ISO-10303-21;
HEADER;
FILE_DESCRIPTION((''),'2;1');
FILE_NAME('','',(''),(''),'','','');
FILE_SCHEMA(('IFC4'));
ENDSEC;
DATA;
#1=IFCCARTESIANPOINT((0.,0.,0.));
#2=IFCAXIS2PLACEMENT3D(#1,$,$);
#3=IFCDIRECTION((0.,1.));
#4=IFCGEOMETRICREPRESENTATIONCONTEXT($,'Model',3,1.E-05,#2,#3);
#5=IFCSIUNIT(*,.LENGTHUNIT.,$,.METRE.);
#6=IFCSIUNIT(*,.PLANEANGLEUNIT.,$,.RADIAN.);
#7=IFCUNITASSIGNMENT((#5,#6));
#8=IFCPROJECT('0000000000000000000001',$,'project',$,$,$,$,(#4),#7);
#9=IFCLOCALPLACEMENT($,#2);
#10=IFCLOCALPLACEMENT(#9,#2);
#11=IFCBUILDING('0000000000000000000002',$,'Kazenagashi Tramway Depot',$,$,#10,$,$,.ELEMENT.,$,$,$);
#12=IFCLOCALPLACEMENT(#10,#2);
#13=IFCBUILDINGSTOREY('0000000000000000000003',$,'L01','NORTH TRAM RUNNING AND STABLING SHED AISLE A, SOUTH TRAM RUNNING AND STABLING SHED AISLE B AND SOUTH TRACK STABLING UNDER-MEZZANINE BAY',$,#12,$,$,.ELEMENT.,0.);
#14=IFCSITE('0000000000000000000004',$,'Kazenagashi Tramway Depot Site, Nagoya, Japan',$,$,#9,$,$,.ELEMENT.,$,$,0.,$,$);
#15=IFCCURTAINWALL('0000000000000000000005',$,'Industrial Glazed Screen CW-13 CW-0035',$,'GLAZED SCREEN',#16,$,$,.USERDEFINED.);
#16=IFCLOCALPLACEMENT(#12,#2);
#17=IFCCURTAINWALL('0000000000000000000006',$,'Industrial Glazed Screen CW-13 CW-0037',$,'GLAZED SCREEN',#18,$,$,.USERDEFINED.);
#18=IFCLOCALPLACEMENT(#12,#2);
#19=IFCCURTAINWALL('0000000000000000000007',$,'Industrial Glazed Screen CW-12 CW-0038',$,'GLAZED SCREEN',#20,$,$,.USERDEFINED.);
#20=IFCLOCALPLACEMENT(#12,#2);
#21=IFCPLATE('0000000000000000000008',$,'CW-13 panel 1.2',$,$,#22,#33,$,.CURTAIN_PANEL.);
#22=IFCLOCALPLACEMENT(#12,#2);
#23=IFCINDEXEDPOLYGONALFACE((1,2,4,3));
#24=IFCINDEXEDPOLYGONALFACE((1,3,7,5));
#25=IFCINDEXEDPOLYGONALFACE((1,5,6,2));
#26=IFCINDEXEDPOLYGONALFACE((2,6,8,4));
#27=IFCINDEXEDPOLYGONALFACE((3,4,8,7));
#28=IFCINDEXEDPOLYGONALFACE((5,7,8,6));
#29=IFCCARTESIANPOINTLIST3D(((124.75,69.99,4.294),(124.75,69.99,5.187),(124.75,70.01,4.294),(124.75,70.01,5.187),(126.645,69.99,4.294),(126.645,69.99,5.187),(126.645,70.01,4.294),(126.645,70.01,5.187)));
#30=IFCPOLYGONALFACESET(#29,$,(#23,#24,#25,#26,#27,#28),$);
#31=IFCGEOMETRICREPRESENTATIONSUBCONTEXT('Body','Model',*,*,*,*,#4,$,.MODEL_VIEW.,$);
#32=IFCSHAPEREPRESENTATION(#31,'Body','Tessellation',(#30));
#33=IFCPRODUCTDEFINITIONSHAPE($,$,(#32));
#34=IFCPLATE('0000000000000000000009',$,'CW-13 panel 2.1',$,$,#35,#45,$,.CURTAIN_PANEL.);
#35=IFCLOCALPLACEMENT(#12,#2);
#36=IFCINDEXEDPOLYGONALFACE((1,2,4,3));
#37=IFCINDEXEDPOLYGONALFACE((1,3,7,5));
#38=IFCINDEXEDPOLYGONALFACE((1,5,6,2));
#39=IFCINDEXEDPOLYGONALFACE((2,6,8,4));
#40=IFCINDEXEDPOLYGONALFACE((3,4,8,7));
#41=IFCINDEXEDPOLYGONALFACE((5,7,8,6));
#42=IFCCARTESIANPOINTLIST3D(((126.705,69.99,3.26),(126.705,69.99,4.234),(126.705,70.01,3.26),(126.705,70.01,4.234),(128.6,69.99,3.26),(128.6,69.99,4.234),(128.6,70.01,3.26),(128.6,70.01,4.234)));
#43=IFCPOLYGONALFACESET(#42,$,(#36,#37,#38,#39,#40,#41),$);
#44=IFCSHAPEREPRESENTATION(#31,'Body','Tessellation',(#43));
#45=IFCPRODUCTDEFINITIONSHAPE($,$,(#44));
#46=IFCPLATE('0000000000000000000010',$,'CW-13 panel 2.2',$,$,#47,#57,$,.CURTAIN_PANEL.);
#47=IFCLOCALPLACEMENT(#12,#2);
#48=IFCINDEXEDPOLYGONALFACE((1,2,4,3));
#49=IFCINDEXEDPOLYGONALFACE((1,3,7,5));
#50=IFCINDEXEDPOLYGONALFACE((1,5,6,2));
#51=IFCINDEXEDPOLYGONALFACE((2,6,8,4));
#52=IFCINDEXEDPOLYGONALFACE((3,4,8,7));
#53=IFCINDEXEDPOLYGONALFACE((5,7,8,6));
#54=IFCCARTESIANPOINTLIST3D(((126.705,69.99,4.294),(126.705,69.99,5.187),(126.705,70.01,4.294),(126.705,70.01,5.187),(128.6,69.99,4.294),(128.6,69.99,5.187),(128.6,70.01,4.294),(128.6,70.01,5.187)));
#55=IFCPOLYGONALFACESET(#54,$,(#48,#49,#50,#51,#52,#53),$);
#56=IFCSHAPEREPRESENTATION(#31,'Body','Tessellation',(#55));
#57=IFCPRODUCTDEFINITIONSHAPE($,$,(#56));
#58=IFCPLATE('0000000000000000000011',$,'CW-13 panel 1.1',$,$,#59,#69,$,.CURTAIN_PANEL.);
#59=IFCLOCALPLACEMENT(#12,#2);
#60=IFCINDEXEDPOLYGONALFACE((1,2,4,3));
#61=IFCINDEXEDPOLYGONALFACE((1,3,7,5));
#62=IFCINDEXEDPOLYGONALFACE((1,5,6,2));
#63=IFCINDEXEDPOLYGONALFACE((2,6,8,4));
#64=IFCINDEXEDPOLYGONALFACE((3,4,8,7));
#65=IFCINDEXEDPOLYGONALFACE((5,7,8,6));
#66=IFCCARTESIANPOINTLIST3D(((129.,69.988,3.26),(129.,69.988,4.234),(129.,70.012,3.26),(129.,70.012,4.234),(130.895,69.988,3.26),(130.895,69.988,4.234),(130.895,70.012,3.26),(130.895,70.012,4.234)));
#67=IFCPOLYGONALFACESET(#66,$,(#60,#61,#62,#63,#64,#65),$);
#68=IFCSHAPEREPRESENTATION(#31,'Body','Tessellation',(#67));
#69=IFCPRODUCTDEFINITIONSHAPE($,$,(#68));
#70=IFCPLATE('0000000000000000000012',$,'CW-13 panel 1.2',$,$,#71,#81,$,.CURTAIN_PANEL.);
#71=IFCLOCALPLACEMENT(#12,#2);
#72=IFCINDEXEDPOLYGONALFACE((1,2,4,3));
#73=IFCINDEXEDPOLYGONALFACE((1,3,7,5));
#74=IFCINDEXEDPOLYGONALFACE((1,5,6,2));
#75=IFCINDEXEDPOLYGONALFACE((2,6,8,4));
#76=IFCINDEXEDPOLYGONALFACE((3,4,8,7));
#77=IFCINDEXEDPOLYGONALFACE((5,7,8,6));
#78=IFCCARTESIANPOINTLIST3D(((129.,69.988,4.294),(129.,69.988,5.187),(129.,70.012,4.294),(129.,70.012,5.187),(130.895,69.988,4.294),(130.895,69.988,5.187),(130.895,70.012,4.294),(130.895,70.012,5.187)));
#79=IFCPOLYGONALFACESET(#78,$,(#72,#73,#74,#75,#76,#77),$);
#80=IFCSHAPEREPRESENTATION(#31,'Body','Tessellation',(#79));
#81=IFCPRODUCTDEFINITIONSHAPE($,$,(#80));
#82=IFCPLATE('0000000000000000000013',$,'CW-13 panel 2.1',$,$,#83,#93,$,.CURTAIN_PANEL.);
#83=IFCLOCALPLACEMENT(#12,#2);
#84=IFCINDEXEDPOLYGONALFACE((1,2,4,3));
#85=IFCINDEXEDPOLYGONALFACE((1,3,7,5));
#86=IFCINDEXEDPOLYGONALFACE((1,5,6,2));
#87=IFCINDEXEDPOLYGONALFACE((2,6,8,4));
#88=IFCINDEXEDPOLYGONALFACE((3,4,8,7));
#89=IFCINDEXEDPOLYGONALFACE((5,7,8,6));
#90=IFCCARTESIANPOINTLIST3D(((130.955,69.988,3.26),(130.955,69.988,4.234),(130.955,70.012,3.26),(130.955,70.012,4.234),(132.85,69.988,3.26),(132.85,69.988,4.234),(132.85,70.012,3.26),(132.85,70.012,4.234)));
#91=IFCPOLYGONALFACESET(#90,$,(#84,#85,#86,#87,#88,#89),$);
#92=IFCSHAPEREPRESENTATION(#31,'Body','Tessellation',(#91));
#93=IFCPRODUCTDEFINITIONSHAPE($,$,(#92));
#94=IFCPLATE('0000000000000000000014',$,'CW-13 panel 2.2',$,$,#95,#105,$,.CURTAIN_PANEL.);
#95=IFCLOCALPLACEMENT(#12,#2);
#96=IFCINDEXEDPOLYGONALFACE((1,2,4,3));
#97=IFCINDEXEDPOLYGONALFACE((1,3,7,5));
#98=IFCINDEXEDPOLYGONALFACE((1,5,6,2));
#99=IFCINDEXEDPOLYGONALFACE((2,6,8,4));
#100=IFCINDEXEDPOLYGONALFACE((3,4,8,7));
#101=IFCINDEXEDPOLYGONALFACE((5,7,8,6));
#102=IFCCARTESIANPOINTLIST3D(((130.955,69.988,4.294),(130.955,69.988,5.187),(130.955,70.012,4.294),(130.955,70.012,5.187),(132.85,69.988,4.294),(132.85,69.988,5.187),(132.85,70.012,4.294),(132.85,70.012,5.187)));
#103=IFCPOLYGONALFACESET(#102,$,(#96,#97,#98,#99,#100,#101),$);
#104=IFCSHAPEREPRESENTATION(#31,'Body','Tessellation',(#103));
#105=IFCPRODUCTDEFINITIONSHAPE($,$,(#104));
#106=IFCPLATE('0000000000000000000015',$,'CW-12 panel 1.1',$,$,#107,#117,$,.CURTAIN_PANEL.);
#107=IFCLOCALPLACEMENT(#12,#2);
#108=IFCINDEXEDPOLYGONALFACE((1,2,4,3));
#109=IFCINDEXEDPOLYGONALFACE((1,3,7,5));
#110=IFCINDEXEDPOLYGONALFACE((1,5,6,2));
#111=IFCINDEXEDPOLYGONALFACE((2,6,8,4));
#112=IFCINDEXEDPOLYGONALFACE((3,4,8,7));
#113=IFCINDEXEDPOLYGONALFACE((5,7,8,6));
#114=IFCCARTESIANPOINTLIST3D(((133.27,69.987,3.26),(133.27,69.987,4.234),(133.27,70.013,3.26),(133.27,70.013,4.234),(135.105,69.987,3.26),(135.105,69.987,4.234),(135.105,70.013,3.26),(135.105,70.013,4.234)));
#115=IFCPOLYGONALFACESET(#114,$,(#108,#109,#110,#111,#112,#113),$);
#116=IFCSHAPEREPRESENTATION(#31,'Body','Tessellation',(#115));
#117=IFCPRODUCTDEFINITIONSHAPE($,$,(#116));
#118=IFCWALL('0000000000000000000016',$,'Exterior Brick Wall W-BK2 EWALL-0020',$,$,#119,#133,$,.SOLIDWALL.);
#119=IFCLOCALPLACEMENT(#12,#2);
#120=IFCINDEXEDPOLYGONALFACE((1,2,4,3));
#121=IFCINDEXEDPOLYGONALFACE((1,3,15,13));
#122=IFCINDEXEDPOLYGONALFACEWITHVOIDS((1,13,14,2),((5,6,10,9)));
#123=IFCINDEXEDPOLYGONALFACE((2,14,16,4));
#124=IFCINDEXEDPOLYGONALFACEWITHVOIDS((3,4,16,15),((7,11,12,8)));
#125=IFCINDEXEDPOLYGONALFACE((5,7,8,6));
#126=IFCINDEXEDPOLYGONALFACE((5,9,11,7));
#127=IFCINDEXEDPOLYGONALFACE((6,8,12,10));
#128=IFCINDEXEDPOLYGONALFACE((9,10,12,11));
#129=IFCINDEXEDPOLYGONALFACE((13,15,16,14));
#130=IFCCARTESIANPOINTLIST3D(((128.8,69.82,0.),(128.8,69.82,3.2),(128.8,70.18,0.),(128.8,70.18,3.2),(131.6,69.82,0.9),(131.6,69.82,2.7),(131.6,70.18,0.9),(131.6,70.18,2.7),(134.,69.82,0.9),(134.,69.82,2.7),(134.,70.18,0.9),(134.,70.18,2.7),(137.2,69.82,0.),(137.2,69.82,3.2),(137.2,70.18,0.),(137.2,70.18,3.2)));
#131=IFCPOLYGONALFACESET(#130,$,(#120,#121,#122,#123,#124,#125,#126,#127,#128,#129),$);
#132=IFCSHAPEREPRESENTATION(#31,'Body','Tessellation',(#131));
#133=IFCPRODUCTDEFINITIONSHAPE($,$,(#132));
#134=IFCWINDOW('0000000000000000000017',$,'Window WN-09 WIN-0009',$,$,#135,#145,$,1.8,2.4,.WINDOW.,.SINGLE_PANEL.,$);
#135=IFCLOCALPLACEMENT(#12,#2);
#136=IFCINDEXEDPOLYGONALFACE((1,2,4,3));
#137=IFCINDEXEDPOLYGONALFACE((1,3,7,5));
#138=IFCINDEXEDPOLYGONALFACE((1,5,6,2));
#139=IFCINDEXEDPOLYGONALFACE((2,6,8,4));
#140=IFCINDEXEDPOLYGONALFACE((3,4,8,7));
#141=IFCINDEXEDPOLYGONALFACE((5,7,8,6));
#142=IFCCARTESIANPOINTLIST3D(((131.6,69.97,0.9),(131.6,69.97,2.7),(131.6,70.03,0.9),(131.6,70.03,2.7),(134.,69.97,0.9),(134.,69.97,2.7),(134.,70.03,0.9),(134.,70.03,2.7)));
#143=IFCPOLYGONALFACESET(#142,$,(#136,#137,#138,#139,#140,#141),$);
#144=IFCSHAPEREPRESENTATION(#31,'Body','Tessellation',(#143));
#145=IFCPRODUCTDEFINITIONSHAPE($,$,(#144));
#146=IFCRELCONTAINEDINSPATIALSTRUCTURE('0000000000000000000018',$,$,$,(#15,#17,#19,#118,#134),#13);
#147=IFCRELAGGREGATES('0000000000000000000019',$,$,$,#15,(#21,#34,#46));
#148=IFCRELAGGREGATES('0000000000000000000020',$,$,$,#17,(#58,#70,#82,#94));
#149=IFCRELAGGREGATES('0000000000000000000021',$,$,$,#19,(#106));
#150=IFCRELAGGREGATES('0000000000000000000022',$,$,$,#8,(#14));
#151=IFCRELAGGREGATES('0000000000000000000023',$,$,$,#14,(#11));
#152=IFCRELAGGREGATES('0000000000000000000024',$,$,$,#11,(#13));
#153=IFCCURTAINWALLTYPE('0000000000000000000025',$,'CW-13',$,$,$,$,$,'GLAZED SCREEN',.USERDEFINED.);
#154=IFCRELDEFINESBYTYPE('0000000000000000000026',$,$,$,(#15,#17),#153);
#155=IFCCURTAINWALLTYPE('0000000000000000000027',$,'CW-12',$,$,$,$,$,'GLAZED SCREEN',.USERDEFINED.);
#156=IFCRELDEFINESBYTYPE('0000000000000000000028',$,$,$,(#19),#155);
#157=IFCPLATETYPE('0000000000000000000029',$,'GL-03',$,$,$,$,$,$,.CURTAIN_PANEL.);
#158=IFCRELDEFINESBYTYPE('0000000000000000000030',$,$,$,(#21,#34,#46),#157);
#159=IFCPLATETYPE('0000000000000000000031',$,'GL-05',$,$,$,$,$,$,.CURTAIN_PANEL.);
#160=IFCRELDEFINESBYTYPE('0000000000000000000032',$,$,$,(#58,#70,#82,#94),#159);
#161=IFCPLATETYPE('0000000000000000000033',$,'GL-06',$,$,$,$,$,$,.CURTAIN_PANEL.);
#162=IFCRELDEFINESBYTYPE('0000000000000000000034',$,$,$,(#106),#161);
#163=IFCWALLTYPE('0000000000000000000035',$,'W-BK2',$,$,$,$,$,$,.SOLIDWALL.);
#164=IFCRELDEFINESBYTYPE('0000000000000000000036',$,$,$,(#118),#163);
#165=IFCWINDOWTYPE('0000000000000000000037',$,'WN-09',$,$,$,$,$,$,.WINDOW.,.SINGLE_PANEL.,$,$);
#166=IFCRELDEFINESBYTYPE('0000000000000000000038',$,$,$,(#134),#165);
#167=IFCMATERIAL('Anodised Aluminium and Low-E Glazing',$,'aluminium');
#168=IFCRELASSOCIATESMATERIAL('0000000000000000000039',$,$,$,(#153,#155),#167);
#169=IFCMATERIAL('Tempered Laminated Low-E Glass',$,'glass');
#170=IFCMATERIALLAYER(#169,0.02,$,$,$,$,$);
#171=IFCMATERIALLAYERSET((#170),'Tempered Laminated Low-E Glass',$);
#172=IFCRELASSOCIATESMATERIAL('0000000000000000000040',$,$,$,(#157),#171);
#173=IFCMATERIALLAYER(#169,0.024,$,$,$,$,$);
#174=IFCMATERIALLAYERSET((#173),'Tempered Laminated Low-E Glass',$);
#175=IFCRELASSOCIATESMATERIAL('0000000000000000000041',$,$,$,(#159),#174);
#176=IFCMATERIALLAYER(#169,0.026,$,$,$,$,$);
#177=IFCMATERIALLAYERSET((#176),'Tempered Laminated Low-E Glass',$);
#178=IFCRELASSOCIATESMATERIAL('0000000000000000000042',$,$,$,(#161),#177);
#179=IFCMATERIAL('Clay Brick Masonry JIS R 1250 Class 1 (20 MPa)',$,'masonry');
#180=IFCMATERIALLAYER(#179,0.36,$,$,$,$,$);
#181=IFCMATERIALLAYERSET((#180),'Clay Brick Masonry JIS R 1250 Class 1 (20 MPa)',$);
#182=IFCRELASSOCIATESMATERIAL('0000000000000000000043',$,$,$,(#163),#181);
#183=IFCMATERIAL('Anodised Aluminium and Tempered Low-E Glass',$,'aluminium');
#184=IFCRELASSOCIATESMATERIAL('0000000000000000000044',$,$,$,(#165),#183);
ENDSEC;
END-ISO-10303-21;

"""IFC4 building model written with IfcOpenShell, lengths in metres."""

from ifc_helpers import new_model, si_unit, direction, frame, frame_2d, origin, origin_2d, place, context, subcontext, project, spatial, rectangle, extrude, material, layer, layer_set, type_object, element, fill, aggregate, save


model = new_model("IFC4")

# Units and contexts
model_context = context("Model", 3, precision=1e-05, world=origin(), true_north=direction((0.0, 1.0)))
body_context = subcontext(model_context, "Body", "Model", "MODEL_VIEW")
ifc_project = project(units=[si_unit("LENGTHUNIT", "METRE"), si_unit("PLANEANGLEUNIT", "RADIAN")], contexts=[model_context])

# Site, building, storey
site_placement = place(None, origin())
site = spatial("IfcSite", under=ifc_project, at=site_placement, Name="Kazenagashi Tramway Depot Site, Nagoya, Japan", CompositionType="ELEMENT", RefElevation=0.0)
building_placement = place(site_placement, origin())
building = spatial("IfcBuilding", under=site, at=building_placement, Name="Kazenagashi Tramway Depot", CompositionType="ELEMENT")
storey_placement = place(building_placement, origin())
storey = spatial("IfcBuildingStorey", under=building, at=storey_placement, Name="L01", Description="NORTH TRAM RUNNING AND STABLING SHED AISLE A, SOUTH TRAM RUNNING AND STABLING SHED AISLE B AND SOUTH TRACK STABLING UNDER-MEZZANINE BAY", CompositionType="ELEMENT", Elevation=0.0)

# Curtain walls
ifc_material_1 = material(Name="Anodised Aluminium and Low-E Glazing", Category="aluminium")
curtain_wall_type_1 = type_object("IfcCurtainWallType", Name="CW-13", ElementType="GLAZED SCREEN", PredefinedType="USERDEFINED", material=ifc_material_1)
curtain_wall_1_placement = place(storey_placement, origin())
curtain_wall_1 = element("IfcCurtainWall", 1, at=curtain_wall_1_placement, inside=storey, type_object=curtain_wall_type_1, Name="Industrial Glazed Screen CW-13 CW-0035", ObjectType="GLAZED SCREEN", PredefinedType="USERDEFINED")
curtain_wall_2_placement = place(storey_placement, origin())
curtain_wall_2 = element("IfcCurtainWall", 2, at=curtain_wall_2_placement, inside=storey, type_object=curtain_wall_type_1, Name="Industrial Glazed Screen CW-13 CW-0037", ObjectType="GLAZED SCREEN", PredefinedType="USERDEFINED")

# Curtain wall
curtain_wall_type_2 = type_object("IfcCurtainWallType", Name="CW-12", ElementType="GLAZED SCREEN", PredefinedType="USERDEFINED", material=ifc_material_1)
curtain_wall_3_placement = place(storey_placement, origin())
curtain_wall_3 = element("IfcCurtainWall", 3, at=curtain_wall_3_placement, inside=storey, type_object=curtain_wall_type_2, Name="Industrial Glazed Screen CW-12 CW-0038", ObjectType="GLAZED SCREEN", PredefinedType="USERDEFINED")

# Plates
ifc_material_2 = material(Name="Tempered Laminated Low-E Glass", Category="glass")
ifc_layer_1 = layer(ifc_material_2, 0.02)
ifc_layer_set_1 = layer_set([ifc_layer_1], Name="Tempered Laminated Low-E Glass")
plate_type_1 = type_object("IfcPlateType", Name="GL-03", PredefinedType="CURTAIN_PANEL", material=ifc_layer_set_1)
plate_1_placement = place(storey_placement, frame((125.6975, 70.0, 4.294), z_axis=(0.0, 0.0, 1.0), x_axis=(1.0, 0.0, 0.0)))
plate_1 = element("IfcPlate", 4, at=plate_1_placement, type_object=plate_type_1, Name="CW-13 panel 1.2", PredefinedType="CURTAIN_PANEL", context=body_context, shape_type="SweptSolid", body=[
    extrude(rectangle(XDim=1.895, YDim=0.02, at=origin_2d()), origin(), (0.0, 0.0, 1.0), 0.893),
])
plate_2_placement = place(storey_placement, frame((127.6525, 70.0, 3.26), z_axis=(0.0, 0.0, 1.0), x_axis=(1.0, 0.0, 0.0)))
plate_2 = element("IfcPlate", 5, at=plate_2_placement, type_object=plate_type_1, Name="CW-13 panel 2.1", PredefinedType="CURTAIN_PANEL", context=body_context, shape_type="SweptSolid", body=[
    extrude(rectangle(XDim=1.895, YDim=0.02, at=origin_2d()), origin(), (0.0, 0.0, 1.0), 0.974),
])
plate_3_placement = place(storey_placement, frame((127.6525, 70.0, 4.294), z_axis=(0.0, 0.0, 1.0), x_axis=(1.0, 0.0, 0.0)))
plate_3 = element("IfcPlate", 6, at=plate_3_placement, type_object=plate_type_1, Name="CW-13 panel 2.2", PredefinedType="CURTAIN_PANEL", context=body_context, shape_type="SweptSolid", body=[
    extrude(rectangle(XDim=1.895, YDim=0.02, at=origin_2d()), origin(), (0.0, 0.0, 1.0), 0.893),
])
aggregate(curtain_wall_1, [plate_1, plate_2, plate_3])
ifc_layer_2 = layer(ifc_material_2, 0.024)
ifc_layer_set_2 = layer_set([ifc_layer_2], Name="Tempered Laminated Low-E Glass")
plate_type_2 = type_object("IfcPlateType", Name="GL-05", PredefinedType="CURTAIN_PANEL", material=ifc_layer_set_2)
plate_4_placement = place(storey_placement, frame((129.9475, 70.0, 3.26), z_axis=(0.0, 0.0, 1.0), x_axis=(1.0, 0.0, 0.0)))
plate_4 = element("IfcPlate", 7, at=plate_4_placement, type_object=plate_type_2, Name="CW-13 panel 1.1", PredefinedType="CURTAIN_PANEL", context=body_context, shape_type="SweptSolid", body=[
    extrude(rectangle(XDim=1.895, YDim=0.024, at=origin_2d()), origin(), (0.0, 0.0, 1.0), 0.974),
])
plate_5_placement = place(storey_placement, frame((129.9475, 70.0, 4.294), z_axis=(0.0, 0.0, 1.0), x_axis=(1.0, 0.0, 0.0)))
plate_5 = element("IfcPlate", 8, at=plate_5_placement, type_object=plate_type_2, Name="CW-13 panel 1.2", PredefinedType="CURTAIN_PANEL", context=body_context, shape_type="SweptSolid", body=[
    extrude(rectangle(XDim=1.895, YDim=0.024, at=origin_2d()), origin(), (0.0, 0.0, 1.0), 0.893),
])
plate_6_placement = place(storey_placement, frame((131.9025, 70.0, 3.26), z_axis=(0.0, 0.0, 1.0), x_axis=(1.0, 0.0, 0.0)))
plate_6 = element("IfcPlate", 9, at=plate_6_placement, type_object=plate_type_2, Name="CW-13 panel 2.1", PredefinedType="CURTAIN_PANEL", context=body_context, shape_type="SweptSolid", body=[
    extrude(rectangle(XDim=1.895, YDim=0.024, at=origin_2d()), origin(), (0.0, 0.0, 1.0), 0.974),
])
plate_7_placement = place(storey_placement, frame((131.9025, 70.0, 4.294), z_axis=(0.0, 0.0, 1.0), x_axis=(1.0, 0.0, 0.0)))
plate_7 = element("IfcPlate", 10, at=plate_7_placement, type_object=plate_type_2, Name="CW-13 panel 2.2", PredefinedType="CURTAIN_PANEL", context=body_context, shape_type="SweptSolid", body=[
    extrude(rectangle(XDim=1.895, YDim=0.024, at=origin_2d()), origin(), (0.0, 0.0, 1.0), 0.893),
])
aggregate(curtain_wall_2, [plate_4, plate_5, plate_6, plate_7])
ifc_layer_3 = layer(ifc_material_2, 0.026)
ifc_layer_set_3 = layer_set([ifc_layer_3], Name="Tempered Laminated Low-E Glass")
plate_type_3 = type_object("IfcPlateType", Name="GL-06", PredefinedType="CURTAIN_PANEL", material=ifc_layer_set_3)
plate_8_placement = place(storey_placement, frame((134.1875, 70.0, 3.26), z_axis=(0.0, 0.0, 1.0), x_axis=(1.0, 0.0, 0.0)))
plate_8 = element("IfcPlate", 11, at=plate_8_placement, type_object=plate_type_3, Name="CW-12 panel 1.1", PredefinedType="CURTAIN_PANEL", context=body_context, shape_type="SweptSolid", body=[
    extrude(rectangle(XDim=1.835, YDim=0.026, at=origin_2d()), origin(), (0.0, 0.0, 1.0), 0.974),
])
aggregate(curtain_wall_3, [plate_8])

# Wall, opening, window
ifc_material_3 = material(Name="Clay Brick Masonry JIS R 1250 Class 1 (20 MPa)", Category="masonry")
ifc_layer_4 = layer(ifc_material_3, 0.36)
ifc_layer_set_4 = layer_set([ifc_layer_4], Name="Clay Brick Masonry JIS R 1250 Class 1 (20 MPa)")
wall_type = type_object("IfcWallType", Name="W-BK2", PredefinedType="SOLIDWALL", material=ifc_layer_set_4)
wall_placement = place(storey_placement, frame((128.8, 70.0, 0.0), z_axis=(0.0, 0.0, 1.0), x_axis=(1.0, 0.0, 0.0)))
wall = element("IfcWall", 12, at=wall_placement, inside=storey, type_object=wall_type, Name="Exterior Brick Wall W-BK2 EWALL-0020", PredefinedType="SOLIDWALL", context=body_context, shape_type="SweptSolid", body=[
    extrude(rectangle(XDim=8.4, YDim=0.36, at=frame_2d((4.2, 0.0))), origin(), (0.0, 0.0, 1.0), 3.2),
])
opening_placement = place(wall_placement, frame((2.8, 0.0, 0.9)))
opening = element("IfcOpeningElement", 13, at=opening_placement, cuts=wall, PredefinedType="OPENING", context=body_context, shape_type="SweptSolid", body=[
    extrude(rectangle(XDim=2.4, YDim=1.8, at=frame_2d((1.2, 0.9))), frame((0.0, 0.19, 0.0), z_axis=(0.0, -1.0, 0.0), x_axis=(1.0, 0.0, 0.0)), (0.0, 0.0, 1.0), 0.38),
])
ifc_material_4 = material(Name="Anodised Aluminium and Tempered Low-E Glass", Category="aluminium")
window_type = type_object("IfcWindowType", Name="WN-09", PartitioningType="SINGLE_PANEL", PredefinedType="WINDOW", material=ifc_material_4)
window_placement = place(opening_placement, origin())
window = element("IfcWindow", 14, at=window_placement, inside=storey, type_object=window_type, Name="Window WN-09 WIN-0009", OverallHeight=1.8, OverallWidth=2.4, PartitioningType="SINGLE_PANEL", PredefinedType="WINDOW", context=body_context, shape_type="SweptSolid", body=[
    extrude(rectangle(XDim=2.4, YDim=1.8, at=frame_2d((1.2, 0.9))), frame((0.0, 0.03, 0.0), z_axis=(0.0, -1.0, 0.0), x_axis=(1.0, 0.0, 0.0)), (0.0, 0.0, 1.0), 0.06),
])
fill(opening, window)

save(model, "model.ifc")
